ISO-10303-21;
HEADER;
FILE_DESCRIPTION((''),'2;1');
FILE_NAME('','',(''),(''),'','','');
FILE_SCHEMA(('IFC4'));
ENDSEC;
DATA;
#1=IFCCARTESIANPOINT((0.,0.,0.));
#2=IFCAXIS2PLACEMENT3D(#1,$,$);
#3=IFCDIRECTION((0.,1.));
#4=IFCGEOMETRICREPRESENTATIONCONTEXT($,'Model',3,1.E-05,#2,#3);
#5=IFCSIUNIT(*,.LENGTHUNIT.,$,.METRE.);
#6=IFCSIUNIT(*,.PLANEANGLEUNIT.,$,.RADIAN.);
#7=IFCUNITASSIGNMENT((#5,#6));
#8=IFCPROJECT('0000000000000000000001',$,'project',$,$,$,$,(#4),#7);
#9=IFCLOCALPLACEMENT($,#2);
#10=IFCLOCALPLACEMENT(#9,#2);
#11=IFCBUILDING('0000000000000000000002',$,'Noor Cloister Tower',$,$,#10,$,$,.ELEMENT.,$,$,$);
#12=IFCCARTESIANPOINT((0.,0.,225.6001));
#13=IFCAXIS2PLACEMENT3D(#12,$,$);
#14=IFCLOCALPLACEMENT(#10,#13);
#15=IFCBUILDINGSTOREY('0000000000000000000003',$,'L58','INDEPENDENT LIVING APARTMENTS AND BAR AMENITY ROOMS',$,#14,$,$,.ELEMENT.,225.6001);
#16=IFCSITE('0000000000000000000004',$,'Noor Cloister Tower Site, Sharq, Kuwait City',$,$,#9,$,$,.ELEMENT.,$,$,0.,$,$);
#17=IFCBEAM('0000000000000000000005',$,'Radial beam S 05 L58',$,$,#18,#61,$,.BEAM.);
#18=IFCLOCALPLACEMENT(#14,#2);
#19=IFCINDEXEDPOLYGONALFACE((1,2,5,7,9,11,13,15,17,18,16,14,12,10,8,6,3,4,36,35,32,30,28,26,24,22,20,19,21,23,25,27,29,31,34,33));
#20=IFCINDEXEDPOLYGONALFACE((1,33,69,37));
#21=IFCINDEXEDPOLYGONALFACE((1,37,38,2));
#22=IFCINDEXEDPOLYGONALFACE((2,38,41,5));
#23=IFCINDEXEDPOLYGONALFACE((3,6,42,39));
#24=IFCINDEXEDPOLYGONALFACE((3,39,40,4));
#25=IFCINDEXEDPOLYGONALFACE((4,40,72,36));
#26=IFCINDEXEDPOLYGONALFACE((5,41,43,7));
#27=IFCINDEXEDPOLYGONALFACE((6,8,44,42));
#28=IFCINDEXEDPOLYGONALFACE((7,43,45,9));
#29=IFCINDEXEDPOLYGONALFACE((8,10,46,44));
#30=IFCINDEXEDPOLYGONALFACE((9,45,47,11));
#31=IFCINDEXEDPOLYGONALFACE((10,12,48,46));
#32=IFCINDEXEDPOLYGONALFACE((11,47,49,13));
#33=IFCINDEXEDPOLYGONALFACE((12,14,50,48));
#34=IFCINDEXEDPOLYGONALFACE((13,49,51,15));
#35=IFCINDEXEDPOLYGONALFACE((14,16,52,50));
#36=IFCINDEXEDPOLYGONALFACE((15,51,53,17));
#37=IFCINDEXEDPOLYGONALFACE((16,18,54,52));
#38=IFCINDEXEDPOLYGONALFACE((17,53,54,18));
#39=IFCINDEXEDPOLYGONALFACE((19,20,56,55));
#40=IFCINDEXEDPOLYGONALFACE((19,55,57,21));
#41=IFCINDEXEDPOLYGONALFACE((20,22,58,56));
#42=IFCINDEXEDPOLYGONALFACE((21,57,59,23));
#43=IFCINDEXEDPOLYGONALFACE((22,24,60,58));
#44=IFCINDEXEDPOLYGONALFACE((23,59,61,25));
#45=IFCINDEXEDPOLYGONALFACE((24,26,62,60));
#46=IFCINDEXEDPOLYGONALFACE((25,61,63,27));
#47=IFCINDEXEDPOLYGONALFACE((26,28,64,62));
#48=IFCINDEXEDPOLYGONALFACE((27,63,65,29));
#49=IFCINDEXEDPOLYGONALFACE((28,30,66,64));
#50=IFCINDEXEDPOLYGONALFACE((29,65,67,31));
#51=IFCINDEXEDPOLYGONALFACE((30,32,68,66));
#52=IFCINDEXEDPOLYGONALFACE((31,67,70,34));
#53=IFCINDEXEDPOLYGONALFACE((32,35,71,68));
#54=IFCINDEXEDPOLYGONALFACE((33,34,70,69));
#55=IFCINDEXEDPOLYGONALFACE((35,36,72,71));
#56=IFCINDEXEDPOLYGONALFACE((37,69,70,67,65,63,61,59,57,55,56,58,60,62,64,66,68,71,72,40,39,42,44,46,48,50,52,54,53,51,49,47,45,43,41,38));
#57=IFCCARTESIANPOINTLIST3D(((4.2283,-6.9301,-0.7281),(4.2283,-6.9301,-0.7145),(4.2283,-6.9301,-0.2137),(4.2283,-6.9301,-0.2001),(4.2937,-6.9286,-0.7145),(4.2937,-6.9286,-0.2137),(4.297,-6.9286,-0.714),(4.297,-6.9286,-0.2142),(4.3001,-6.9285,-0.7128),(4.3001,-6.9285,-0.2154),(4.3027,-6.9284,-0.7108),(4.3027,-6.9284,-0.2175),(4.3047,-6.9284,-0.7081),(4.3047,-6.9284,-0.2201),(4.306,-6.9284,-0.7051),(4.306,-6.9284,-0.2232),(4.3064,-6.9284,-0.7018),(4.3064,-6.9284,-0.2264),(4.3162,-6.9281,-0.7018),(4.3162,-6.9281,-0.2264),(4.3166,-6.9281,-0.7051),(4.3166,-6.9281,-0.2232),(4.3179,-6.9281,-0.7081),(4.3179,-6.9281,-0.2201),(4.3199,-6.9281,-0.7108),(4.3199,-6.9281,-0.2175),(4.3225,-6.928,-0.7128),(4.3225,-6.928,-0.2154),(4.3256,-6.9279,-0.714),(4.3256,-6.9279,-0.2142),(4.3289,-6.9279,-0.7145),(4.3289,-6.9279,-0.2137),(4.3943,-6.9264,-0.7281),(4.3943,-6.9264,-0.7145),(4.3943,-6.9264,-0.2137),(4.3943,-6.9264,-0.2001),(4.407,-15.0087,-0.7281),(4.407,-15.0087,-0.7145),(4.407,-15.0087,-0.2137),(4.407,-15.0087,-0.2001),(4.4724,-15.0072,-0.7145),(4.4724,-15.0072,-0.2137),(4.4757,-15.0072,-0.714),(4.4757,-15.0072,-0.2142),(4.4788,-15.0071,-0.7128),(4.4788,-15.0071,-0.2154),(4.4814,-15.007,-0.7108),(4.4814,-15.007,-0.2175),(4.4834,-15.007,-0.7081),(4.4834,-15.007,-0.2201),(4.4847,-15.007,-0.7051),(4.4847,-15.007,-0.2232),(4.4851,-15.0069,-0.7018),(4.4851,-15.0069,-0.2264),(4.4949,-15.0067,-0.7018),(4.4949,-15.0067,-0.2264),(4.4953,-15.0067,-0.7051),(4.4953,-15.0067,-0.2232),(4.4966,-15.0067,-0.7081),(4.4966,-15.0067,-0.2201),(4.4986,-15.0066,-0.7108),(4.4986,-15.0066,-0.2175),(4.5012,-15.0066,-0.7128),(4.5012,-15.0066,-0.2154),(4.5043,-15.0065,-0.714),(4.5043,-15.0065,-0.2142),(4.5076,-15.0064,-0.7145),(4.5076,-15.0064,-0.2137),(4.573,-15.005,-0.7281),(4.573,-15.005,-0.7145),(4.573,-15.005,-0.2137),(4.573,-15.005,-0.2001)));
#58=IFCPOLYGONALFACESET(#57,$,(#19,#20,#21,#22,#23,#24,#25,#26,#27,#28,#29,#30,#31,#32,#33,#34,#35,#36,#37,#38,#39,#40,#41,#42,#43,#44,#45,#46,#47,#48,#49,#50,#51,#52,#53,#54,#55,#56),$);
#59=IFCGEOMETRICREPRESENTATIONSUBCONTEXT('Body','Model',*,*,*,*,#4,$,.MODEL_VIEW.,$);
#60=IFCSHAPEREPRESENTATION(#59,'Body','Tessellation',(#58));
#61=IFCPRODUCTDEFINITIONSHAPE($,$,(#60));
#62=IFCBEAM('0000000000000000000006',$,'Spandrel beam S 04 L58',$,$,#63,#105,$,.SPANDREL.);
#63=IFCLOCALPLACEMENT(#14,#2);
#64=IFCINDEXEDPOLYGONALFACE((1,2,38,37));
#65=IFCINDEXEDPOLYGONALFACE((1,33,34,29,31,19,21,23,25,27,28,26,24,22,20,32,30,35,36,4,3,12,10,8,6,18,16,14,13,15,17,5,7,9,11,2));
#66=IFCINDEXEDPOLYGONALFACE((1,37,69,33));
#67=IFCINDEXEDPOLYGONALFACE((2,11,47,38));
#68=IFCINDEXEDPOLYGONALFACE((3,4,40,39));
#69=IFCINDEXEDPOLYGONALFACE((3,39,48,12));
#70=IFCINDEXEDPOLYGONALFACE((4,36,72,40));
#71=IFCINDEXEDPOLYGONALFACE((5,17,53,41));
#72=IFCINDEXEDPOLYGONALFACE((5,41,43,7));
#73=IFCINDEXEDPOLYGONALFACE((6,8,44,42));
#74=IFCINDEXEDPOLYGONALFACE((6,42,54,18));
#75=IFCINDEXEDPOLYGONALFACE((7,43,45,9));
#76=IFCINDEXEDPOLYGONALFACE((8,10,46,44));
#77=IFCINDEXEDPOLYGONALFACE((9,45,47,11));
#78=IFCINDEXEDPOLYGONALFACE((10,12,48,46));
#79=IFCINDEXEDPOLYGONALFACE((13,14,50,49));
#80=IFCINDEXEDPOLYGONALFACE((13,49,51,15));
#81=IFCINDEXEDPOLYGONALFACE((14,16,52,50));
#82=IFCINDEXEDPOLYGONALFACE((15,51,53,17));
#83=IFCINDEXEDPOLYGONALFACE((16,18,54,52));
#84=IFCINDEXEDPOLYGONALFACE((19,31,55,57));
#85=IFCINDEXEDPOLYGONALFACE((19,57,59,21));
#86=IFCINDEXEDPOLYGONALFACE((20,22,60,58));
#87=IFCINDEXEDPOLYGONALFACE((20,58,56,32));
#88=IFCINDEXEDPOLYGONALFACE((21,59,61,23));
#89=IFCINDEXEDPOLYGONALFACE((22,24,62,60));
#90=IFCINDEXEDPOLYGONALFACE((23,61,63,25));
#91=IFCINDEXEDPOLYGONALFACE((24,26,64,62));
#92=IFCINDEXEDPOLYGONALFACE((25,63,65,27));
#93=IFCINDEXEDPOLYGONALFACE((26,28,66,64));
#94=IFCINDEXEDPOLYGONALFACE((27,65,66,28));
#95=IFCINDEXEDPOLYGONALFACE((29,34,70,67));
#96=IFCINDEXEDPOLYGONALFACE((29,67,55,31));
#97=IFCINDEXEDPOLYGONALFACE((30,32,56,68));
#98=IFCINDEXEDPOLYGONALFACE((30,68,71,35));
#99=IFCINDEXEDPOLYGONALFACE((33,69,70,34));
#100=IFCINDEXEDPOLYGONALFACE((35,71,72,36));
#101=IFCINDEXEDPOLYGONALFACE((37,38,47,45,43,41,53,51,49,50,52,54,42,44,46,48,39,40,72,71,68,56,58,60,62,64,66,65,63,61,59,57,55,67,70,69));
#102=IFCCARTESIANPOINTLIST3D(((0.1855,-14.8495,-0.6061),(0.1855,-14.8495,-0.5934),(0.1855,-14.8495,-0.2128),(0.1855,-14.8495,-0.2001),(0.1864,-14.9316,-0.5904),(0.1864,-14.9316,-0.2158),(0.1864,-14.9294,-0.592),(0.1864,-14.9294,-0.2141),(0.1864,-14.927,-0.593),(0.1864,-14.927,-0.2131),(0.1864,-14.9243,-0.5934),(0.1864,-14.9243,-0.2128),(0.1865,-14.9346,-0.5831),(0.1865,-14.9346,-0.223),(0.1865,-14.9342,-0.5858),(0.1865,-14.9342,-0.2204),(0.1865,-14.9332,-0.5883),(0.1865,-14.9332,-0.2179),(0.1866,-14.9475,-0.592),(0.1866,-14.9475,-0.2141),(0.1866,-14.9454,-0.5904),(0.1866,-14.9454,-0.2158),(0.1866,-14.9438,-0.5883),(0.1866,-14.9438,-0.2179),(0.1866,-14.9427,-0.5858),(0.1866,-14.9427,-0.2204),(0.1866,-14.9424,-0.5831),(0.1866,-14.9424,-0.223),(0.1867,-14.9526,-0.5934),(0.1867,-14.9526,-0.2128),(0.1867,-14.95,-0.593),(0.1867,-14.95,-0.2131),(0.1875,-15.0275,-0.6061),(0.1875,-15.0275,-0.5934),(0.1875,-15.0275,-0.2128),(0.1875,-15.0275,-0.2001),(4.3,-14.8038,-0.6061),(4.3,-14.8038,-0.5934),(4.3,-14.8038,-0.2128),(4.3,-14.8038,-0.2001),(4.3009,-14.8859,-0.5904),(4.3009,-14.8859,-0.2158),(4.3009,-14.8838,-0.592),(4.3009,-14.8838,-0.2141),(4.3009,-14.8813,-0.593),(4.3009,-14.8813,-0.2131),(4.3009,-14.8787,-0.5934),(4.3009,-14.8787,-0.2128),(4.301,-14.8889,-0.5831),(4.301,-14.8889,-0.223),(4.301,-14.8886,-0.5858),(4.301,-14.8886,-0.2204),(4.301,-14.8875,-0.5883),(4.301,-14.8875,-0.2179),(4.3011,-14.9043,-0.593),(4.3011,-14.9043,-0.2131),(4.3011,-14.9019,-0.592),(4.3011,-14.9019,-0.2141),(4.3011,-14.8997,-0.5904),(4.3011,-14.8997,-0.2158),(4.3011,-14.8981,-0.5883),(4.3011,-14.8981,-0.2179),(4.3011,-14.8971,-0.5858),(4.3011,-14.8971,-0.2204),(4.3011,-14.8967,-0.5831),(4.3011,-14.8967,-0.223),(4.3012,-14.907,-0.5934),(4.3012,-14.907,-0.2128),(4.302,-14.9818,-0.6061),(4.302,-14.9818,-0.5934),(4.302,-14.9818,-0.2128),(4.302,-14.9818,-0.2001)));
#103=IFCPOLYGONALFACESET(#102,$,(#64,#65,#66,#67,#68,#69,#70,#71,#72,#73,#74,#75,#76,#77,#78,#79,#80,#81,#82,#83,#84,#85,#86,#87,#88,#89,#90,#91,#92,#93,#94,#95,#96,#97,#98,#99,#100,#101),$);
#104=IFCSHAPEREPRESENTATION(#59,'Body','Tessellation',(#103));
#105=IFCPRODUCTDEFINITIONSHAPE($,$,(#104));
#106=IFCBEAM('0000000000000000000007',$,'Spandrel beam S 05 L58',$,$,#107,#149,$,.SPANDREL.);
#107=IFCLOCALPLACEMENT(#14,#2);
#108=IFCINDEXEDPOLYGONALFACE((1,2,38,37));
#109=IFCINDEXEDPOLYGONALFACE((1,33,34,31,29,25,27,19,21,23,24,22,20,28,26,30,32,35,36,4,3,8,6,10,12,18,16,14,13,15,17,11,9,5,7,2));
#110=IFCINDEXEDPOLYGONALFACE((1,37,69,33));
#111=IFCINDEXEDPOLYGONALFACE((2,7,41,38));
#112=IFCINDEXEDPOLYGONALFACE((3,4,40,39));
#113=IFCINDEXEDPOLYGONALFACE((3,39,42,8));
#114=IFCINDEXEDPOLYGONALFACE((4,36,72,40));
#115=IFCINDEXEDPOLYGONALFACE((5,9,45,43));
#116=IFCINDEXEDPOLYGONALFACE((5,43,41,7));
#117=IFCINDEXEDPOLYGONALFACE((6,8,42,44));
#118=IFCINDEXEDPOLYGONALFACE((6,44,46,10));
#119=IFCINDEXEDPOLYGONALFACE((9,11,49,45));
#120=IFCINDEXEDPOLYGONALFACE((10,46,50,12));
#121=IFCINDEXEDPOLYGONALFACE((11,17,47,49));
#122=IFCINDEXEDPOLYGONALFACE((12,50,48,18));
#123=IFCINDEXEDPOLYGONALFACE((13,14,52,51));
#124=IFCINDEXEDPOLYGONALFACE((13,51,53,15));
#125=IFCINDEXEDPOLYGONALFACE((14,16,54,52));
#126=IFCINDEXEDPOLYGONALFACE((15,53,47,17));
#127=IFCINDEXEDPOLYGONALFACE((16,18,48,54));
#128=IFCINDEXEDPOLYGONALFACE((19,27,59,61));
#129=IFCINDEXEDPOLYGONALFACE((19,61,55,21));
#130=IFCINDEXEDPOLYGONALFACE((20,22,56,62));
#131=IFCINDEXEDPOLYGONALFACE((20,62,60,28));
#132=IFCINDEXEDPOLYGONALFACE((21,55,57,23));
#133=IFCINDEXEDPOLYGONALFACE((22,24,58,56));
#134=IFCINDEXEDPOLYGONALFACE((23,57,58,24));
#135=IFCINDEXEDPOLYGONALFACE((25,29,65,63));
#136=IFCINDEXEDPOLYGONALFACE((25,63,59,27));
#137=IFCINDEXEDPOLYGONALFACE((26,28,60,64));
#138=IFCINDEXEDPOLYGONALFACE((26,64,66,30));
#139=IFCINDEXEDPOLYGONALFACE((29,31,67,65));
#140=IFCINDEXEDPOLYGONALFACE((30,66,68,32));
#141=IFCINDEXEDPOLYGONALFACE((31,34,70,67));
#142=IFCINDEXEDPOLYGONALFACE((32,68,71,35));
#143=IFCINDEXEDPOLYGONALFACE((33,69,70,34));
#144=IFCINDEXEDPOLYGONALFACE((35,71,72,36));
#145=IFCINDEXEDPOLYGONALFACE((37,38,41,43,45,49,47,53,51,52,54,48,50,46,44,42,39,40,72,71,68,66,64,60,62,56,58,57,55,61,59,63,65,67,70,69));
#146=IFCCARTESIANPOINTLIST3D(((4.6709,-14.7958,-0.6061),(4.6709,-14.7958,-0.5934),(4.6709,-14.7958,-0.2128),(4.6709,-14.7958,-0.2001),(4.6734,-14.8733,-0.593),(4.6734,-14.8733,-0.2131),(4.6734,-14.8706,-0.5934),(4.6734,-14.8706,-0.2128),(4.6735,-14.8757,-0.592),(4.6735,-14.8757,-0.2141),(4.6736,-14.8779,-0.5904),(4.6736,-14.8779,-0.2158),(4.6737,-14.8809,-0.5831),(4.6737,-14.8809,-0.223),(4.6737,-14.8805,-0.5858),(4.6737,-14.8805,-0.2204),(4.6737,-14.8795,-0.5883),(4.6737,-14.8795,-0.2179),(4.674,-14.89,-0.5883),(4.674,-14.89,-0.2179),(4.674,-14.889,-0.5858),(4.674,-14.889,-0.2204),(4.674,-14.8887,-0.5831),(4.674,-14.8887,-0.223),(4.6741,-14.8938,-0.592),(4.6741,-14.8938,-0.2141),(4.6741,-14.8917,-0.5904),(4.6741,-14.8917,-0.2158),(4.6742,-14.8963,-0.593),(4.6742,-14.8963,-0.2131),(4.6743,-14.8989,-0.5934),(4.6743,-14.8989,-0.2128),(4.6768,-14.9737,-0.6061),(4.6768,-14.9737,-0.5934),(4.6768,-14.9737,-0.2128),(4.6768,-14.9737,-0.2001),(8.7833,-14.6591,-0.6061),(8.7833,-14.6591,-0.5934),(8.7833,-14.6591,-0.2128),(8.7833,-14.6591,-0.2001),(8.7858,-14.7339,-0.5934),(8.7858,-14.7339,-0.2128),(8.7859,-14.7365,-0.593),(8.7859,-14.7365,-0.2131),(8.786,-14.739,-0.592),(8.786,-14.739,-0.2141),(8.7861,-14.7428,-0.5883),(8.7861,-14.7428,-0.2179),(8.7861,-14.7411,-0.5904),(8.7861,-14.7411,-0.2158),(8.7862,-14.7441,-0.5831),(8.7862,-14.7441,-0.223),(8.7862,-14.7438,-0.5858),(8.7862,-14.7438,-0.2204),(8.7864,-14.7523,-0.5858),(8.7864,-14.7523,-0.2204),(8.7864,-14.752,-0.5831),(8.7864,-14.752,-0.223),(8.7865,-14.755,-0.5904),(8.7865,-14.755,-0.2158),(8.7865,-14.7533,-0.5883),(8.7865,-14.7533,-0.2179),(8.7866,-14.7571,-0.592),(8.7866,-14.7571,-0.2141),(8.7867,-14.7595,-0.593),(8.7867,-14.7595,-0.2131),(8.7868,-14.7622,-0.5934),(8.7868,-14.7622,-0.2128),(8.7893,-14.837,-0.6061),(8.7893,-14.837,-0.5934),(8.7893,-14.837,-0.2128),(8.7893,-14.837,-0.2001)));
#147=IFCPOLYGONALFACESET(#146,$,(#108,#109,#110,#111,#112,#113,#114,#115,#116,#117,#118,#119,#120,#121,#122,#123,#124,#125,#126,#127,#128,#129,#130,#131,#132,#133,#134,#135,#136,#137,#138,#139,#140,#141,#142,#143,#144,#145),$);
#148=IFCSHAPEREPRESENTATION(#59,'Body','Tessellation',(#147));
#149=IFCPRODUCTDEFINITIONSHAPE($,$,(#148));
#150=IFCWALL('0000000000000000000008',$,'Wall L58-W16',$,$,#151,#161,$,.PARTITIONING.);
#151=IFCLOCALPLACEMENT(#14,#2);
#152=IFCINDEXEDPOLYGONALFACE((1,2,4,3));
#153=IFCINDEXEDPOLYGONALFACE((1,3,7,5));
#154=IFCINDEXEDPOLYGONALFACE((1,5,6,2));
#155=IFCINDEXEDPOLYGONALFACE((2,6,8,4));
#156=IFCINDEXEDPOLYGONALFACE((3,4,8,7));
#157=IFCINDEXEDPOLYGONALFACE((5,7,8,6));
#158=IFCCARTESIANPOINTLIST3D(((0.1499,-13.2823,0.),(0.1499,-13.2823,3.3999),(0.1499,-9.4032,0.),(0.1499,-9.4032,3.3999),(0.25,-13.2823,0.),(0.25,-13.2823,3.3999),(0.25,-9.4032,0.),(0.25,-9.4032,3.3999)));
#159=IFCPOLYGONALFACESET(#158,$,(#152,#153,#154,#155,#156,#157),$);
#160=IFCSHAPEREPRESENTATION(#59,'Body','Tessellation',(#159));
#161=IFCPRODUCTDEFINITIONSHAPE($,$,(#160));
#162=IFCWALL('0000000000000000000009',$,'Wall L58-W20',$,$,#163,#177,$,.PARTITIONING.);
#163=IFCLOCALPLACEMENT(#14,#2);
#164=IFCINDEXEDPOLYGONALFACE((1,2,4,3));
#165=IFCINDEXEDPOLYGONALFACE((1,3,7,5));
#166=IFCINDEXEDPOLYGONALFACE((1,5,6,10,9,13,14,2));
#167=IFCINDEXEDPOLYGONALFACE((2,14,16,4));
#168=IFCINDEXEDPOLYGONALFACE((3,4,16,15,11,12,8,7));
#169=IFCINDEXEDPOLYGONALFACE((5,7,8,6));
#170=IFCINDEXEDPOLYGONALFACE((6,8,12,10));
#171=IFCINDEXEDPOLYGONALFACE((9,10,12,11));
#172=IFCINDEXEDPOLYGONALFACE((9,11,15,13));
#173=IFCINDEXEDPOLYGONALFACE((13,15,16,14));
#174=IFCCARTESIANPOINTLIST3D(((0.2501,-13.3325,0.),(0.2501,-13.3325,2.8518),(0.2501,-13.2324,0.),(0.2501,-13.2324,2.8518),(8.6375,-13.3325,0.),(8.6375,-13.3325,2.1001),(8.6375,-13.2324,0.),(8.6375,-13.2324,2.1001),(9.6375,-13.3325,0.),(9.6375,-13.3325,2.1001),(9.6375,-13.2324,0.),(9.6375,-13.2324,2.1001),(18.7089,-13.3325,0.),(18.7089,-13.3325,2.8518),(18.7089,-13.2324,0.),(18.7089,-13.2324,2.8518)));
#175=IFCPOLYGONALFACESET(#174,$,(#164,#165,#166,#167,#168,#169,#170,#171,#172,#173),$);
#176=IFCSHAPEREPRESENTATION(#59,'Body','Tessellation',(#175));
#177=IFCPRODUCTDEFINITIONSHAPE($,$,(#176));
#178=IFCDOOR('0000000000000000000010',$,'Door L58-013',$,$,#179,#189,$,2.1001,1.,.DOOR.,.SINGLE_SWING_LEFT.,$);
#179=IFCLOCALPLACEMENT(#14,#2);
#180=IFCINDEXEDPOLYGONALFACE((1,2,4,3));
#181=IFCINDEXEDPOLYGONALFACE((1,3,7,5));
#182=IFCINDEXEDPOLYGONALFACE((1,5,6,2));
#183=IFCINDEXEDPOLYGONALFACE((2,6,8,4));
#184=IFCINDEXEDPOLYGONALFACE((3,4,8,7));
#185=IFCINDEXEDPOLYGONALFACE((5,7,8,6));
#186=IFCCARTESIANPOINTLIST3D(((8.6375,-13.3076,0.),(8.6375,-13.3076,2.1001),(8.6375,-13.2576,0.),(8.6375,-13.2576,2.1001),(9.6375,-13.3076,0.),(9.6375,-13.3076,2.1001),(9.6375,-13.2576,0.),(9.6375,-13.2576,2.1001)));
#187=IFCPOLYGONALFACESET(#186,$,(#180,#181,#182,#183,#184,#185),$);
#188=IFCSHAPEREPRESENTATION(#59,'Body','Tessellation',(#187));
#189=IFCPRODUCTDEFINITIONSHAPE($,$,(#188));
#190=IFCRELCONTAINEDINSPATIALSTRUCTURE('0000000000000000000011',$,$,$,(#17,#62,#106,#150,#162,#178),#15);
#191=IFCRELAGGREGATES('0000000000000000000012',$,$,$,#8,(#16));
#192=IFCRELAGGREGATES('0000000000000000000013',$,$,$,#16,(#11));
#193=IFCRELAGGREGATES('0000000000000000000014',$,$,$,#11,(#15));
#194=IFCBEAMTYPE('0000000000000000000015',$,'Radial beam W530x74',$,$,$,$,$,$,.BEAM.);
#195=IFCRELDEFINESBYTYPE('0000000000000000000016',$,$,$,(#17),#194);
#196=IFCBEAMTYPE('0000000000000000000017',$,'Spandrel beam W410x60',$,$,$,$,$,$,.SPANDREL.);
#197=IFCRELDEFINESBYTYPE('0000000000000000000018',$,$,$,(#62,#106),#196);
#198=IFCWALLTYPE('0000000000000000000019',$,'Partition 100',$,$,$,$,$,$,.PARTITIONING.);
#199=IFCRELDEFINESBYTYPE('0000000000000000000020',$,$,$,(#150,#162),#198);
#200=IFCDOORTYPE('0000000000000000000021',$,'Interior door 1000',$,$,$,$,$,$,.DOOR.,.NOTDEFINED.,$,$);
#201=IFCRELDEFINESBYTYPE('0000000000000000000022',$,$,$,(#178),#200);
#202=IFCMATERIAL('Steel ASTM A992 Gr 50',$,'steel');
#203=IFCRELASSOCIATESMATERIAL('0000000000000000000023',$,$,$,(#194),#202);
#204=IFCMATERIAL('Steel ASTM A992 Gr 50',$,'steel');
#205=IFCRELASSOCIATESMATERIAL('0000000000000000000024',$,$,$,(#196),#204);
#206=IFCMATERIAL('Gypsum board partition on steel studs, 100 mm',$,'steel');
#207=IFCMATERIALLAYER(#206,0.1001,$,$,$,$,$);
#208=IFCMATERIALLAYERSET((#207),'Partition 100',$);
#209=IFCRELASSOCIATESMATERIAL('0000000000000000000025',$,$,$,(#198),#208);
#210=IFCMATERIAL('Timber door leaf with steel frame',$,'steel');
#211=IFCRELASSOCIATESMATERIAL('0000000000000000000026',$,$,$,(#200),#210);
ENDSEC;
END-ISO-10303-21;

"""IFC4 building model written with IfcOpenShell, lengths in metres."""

from ifc_helpers import new_model, si_unit, direction, frame, frame_2d, origin, origin_2d, place, context, subcontext, project, spatial, rectangle, i_section, extrude, material, layer, layer_set, material_profile, profile_set, type_object, element, fill, save


model = new_model("IFC4")

# Units and contexts
model_context = context("Model", 3, precision=1e-05, world=origin(), true_north=direction((0.0, 1.0)))
body_context = subcontext(model_context, "Body", "Model", "MODEL_VIEW")
ifc_project = project(units=[si_unit("LENGTHUNIT", "METRE"), si_unit("PLANEANGLEUNIT", "RADIAN")], contexts=[model_context])

# Site, building, storey
site_placement = place(None, origin())
site = spatial("IfcSite", under=ifc_project, at=site_placement, Name="Noor Cloister Tower Site, Sharq, Kuwait City", CompositionType="ELEMENT", RefElevation=0.0)
building_placement = place(site_placement, origin())
building = spatial("IfcBuilding", under=site, at=building_placement, Name="Noor Cloister Tower", CompositionType="ELEMENT")
storey_placement = place(building_placement, frame((0.0, 0.0, 225.6001)))
storey = spatial("IfcBuildingStorey", under=building, at=storey_placement, Name="L58", Description="INDEPENDENT LIVING APARTMENTS AND BAR AMENITY ROOMS", CompositionType="ELEMENT", Elevation=225.6001)

# Beams
ifc_material_1 = material(Name="Steel ASTM A992 Gr 50", Category="steel")
ifc_material_profile_1 = material_profile(ifc_material_1, i_section(OverallWidth=0.166, OverallDepth=0.5281, WebThickness=0.0098, FlangeThickness=0.0137, FilletRadius=0.0127, at=origin_2d()), Name="W530x74")
ifc_profile_set_1 = profile_set([ifc_material_profile_1], Name="Steel ASTM A992 Gr 50")
beam_type_1 = type_object("IfcBeamType", Name="Radial beam W530x74", PredefinedType="BEAM", material=ifc_profile_set_1)
beam_1_placement = place(storey_placement, frame((4.49, -15.0068, -0.4641), z_axis=(-0.022116, 0.999755, 0.0), x_axis=(-0.999755, -0.022116, 0.0)))
element("IfcBeam", 1, at=beam_1_placement, inside=storey, type_object=beam_type_1, Name="Radial beam S 05 L58", PredefinedType="BEAM", context=body_context, shape_type="SweptSolid", body=[
    extrude(i_section(OverallWidth=0.166, OverallDepth=0.5281, WebThickness=0.0098, FlangeThickness=0.0137, FilletRadius=0.0127, at=origin_2d()), origin(), (0.0, 0.0, 1.0), 8.0806),
])
ifc_material_2 = material(Name="Steel ASTM A992 Gr 50", Category="steel")
ifc_material_profile_2 = material_profile(ifc_material_2, i_section(OverallWidth=0.178, OverallDepth=0.406, WebThickness=0.0078, FlangeThickness=0.0127, FilletRadius=0.0103, at=origin_2d()), Name="W410x60")
ifc_profile_set_2 = profile_set([ifc_material_profile_2], Name="Steel ASTM A992 Gr 50")
beam_type_2 = type_object("IfcBeamType", Name="Spandrel beam W410x60", PredefinedType="SPANDREL", material=ifc_profile_set_2)
for number, where, z_axis, x_axis, name in (
    (2, (0.1865, -14.9385, -0.4031), (0.999938, 0.011095, 0.0), (-0.011095, 0.999938, 0.0), "Spandrel beam S 04 L58"),
    (3, (4.6738, -14.8848, -0.4031), (0.999448, 0.033226, 0.0), (-0.033226, 0.999448, 0.0), "Spandrel beam S 05 L58"),
):
    element("IfcBeam", number, at=place(storey_placement, frame(where, z_axis=z_axis, x_axis=x_axis)), inside=storey, type_object=beam_type_2, Name=name, PredefinedType="SPANDREL", context=body_context, shape_type="SweptSolid", body=[
        extrude(i_section(OverallWidth=0.178, OverallDepth=0.406, WebThickness=0.0078, FlangeThickness=0.0127, FilletRadius=0.0103, at=origin_2d()), origin(), (0.0, 0.0, 1.0), 4.1147),
    ])

# Wall
ifc_material_3 = material(Name="Gypsum board partition on steel studs, 100 mm", Category="steel")
ifc_layer_1 = layer(ifc_material_3, 0.1001)
ifc_layer_set_1 = layer_set([ifc_layer_1], Name="Partition 100")
wall_type_1 = type_object("IfcWallType", Name="Partition 100", PredefinedType="PARTITIONING", material=ifc_layer_set_1)
wall_1_placement = place(storey_placement, frame((0.2, -9.4033, 0.0), z_axis=(0.0, 0.0, 1.0), x_axis=(0.0, -1.0, 0.0)))
element("IfcWall", 4, at=wall_1_placement, inside=storey, type_object=wall_type_1, Name="Wall L58-W16", PredefinedType="PARTITIONING", context=body_context, shape_type="SweptSolid", body=[
    extrude(rectangle(XDim=3.8792, YDim=0.1001, at=frame_2d((1.9395, 0.0))), origin(), (0.0, 0.0, 1.0), 3.3999),
])

# Wall, opening, door
wall_2_placement = place(storey_placement, frame((0.25, -13.2825, 0.0), z_axis=(0.0, 0.0, 1.0), x_axis=(1.0, 0.0, 0.0)))
wall_2 = element("IfcWall", 5, at=wall_2_placement, inside=storey, type_object=wall_type_1, Name="Wall L58-W20", PredefinedType="PARTITIONING", context=body_context, shape_type="SweptSolid", body=[
    extrude(rectangle(XDim=18.4587, YDim=0.1001, at=frame_2d((9.2295, 0.0))), origin(), (0.0, 0.0, 1.0), 2.8518),
])
opening_1_placement = place(wall_2_placement, frame((8.3875, 0.0, 0.0)))
opening_1 = element("IfcOpeningElement", 6, at=opening_1_placement, cuts=wall_2, PredefinedType="OPENING", context=body_context, shape_type="SweptSolid", body=[
    extrude(rectangle(XDim=1.0, YDim=2.1001, at=frame_2d((0.5, 1.05))), frame((0.0, 0.0601, 0.0), z_axis=(0.0, -1.0, 0.0), x_axis=(1.0, 0.0, 0.0)), (0.0, 0.0, 1.0), 0.1201),
])
ifc_material_4 = material(Name="Timber door leaf with steel frame", Category="steel")
door_type_1 = type_object("IfcDoorType", Name="Interior door 1000", OperationType="NOTDEFINED", PredefinedType="DOOR", material=ifc_material_4)
door_1_placement = place(opening_1_placement, origin())
door_1 = element("IfcDoor", 7, at=door_1_placement, inside=storey, type_object=door_type_1, Name="Door L58-013", OperationType="SINGLE_SWING_LEFT", OverallHeight=2.1001, OverallWidth=1.0, PredefinedType="DOOR", context=body_context, shape_type="SweptSolid", body=[
    extrude(rectangle(XDim=1.0, YDim=2.1001, at=frame_2d((0.5, 1.05))), frame((0.0, 0.0249, 0.0), z_axis=(0.0, -1.0, 0.0), x_axis=(1.0, 0.0, 0.0)), (0.0, 0.0, 1.0), 0.05),
])
fill(opening_1, door_1)

save(model, "model.ifc")
